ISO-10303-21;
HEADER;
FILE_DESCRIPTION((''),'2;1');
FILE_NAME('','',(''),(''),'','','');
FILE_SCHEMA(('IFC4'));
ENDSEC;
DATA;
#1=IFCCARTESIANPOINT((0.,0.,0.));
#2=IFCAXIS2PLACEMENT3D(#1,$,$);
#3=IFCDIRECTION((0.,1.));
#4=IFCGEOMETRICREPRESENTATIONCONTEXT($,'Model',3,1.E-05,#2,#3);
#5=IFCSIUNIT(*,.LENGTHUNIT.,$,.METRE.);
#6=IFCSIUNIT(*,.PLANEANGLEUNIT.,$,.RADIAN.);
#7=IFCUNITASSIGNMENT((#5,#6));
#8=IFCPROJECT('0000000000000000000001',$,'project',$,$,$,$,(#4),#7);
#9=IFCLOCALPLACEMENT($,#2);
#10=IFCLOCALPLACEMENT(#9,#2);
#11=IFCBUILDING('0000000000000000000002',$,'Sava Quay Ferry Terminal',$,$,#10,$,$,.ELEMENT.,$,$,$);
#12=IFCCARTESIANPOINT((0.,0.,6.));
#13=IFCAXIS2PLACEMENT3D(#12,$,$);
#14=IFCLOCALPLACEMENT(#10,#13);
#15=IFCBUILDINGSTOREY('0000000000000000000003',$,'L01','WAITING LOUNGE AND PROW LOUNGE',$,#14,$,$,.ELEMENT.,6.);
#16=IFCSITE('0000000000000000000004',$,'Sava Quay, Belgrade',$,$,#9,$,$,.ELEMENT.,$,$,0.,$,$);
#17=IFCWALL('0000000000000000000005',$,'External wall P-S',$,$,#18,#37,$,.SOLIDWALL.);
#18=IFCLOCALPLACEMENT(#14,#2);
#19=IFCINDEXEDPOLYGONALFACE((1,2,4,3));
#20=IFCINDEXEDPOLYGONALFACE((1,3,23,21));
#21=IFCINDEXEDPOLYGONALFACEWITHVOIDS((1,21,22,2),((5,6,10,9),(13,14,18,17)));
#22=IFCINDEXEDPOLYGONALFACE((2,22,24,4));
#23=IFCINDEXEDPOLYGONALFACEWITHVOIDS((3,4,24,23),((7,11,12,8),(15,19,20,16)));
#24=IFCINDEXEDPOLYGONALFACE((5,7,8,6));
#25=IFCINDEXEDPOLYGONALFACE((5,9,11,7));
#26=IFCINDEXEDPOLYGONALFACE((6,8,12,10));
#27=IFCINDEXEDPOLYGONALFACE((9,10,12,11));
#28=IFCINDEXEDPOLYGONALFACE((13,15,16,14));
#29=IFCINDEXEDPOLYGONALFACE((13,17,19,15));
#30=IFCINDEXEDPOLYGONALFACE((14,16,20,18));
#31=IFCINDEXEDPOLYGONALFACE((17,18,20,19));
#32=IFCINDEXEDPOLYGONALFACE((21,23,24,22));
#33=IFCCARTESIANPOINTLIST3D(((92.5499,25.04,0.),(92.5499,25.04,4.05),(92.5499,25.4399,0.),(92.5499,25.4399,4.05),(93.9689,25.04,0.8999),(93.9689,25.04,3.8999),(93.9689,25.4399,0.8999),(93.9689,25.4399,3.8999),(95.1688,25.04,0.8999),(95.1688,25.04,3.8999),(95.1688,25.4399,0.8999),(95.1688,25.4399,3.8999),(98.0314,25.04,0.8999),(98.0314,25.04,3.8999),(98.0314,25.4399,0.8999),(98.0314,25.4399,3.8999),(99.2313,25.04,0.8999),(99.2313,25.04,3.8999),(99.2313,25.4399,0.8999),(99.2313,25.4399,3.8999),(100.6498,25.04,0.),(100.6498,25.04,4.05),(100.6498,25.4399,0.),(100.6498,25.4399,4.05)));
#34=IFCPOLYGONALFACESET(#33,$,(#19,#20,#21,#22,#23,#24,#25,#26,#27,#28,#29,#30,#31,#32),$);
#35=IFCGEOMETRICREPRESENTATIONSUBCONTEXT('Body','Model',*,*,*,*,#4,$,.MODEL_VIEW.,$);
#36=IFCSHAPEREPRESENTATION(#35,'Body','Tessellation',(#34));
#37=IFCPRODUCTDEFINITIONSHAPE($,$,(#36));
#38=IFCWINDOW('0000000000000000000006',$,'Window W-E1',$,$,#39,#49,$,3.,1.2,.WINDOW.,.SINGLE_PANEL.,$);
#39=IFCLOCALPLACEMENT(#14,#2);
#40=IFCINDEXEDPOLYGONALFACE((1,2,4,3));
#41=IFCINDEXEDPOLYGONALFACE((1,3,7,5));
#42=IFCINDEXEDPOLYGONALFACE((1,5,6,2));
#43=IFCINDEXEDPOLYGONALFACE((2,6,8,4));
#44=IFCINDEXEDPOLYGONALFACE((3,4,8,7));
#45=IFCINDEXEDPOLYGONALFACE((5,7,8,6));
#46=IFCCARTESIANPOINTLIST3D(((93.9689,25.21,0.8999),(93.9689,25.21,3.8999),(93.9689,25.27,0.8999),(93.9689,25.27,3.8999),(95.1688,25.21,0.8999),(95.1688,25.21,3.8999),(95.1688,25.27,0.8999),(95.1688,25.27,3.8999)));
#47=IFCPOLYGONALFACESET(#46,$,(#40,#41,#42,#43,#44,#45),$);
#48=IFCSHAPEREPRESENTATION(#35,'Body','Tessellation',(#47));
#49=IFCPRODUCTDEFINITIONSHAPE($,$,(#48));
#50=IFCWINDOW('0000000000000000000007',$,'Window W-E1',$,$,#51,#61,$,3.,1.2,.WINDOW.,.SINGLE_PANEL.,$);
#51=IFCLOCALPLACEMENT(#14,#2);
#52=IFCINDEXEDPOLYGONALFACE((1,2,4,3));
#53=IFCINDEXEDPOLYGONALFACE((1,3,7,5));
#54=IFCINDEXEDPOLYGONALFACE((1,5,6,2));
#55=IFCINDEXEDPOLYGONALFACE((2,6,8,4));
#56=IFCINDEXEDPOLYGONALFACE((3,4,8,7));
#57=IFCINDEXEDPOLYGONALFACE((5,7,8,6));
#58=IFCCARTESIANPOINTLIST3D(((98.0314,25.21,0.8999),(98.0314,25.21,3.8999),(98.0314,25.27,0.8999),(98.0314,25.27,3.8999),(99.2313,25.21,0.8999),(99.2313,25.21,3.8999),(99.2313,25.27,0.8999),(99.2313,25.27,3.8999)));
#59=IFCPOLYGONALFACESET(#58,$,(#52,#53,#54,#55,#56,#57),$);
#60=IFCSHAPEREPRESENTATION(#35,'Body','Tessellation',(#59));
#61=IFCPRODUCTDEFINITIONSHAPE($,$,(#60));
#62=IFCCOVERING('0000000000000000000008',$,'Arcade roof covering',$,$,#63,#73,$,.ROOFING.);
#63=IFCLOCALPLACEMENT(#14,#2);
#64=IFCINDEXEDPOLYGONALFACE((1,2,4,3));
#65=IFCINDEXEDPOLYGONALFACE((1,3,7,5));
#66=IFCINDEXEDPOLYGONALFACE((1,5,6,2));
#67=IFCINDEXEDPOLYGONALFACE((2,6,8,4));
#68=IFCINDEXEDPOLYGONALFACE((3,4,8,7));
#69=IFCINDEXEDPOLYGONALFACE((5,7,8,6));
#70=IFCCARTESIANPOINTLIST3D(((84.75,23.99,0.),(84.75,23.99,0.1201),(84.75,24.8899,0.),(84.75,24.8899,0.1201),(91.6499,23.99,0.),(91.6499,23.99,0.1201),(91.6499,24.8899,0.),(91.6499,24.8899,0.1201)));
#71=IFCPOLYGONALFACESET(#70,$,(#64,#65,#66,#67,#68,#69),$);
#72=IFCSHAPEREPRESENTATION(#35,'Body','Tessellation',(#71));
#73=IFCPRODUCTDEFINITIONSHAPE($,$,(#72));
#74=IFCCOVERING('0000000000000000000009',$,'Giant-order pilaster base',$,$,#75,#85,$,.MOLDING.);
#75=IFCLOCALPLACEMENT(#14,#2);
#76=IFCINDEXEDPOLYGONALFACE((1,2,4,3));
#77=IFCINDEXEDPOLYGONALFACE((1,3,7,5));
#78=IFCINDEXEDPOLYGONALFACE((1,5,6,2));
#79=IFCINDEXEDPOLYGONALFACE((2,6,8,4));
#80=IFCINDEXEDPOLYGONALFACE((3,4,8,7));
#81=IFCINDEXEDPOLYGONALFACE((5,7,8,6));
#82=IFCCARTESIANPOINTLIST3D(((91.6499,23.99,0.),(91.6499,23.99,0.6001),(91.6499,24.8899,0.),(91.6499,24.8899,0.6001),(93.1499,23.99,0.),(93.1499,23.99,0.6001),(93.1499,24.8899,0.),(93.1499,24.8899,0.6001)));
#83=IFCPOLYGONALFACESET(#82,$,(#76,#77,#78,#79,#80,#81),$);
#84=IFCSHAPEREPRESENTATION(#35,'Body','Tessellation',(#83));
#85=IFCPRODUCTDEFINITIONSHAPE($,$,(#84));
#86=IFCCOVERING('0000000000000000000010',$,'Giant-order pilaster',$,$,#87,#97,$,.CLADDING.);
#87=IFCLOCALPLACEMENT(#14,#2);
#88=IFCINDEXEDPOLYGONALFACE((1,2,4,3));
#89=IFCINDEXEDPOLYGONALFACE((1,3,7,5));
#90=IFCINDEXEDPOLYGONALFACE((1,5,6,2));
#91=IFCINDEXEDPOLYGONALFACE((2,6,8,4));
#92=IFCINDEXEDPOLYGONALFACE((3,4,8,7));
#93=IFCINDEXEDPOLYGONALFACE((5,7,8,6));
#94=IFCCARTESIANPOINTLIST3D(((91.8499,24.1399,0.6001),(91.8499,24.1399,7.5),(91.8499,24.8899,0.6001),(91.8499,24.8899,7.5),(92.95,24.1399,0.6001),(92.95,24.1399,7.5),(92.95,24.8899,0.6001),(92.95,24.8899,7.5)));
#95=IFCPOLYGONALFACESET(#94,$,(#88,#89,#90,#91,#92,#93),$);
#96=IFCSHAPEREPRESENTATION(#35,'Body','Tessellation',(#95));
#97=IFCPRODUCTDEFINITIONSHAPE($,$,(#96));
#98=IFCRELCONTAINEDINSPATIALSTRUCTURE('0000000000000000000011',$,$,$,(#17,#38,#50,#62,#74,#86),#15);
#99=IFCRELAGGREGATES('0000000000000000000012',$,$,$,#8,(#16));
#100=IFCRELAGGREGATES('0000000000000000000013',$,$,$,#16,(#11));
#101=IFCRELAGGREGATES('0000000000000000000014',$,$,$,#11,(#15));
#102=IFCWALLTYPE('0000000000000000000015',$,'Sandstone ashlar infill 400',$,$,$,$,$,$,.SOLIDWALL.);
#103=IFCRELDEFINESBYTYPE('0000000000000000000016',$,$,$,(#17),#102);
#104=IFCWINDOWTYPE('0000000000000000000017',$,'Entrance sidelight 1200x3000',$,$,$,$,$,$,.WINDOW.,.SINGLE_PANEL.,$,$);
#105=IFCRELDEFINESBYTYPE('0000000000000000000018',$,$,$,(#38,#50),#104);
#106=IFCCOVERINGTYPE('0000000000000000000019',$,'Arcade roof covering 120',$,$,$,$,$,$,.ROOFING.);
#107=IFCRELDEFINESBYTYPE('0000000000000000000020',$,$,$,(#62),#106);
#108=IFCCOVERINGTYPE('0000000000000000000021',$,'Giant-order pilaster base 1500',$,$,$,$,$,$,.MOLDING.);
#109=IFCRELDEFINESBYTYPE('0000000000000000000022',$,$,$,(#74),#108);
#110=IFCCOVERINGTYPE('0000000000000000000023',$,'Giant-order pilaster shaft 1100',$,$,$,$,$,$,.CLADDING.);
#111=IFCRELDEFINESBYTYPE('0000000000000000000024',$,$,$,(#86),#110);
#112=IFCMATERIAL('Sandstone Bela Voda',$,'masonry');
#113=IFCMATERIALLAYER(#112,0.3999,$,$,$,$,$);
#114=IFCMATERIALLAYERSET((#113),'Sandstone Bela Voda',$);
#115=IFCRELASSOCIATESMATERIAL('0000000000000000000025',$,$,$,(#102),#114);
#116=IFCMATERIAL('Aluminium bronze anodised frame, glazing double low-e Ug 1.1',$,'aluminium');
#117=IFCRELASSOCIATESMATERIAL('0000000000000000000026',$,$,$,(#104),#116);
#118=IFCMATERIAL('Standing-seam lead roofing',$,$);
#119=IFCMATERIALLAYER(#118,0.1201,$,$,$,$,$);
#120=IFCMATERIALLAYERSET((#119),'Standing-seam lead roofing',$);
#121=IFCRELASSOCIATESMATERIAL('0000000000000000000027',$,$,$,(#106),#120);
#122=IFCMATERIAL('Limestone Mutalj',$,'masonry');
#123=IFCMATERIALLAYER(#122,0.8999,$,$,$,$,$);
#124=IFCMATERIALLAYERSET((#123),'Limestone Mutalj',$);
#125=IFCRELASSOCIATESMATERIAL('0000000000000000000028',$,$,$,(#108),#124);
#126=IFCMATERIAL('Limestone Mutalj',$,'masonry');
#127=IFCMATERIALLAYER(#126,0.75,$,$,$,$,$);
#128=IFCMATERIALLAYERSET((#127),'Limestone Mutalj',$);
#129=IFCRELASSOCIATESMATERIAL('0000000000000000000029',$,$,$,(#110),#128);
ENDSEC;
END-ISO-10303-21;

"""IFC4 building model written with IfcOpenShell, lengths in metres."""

from ifc_helpers import new_model, si_unit, direction, frame, frame_2d, origin, origin_2d, place, context, subcontext, project, spatial, rectangle, extrude, material, layer, layer_set, type_object, element, fill, save


model = new_model("IFC4")

# Units and contexts
model_context = context("Model", 3, precision=1e-05, world=origin(), true_north=direction((0.0, 1.0)))
body_context = subcontext(model_context, "Body", "Model", "MODEL_VIEW")
ifc_project = project(units=[si_unit("LENGTHUNIT", "METRE"), si_unit("PLANEANGLEUNIT", "RADIAN")], contexts=[model_context])

# Site, building, storey
site_placement = place(None, origin())
site = spatial("IfcSite", under=ifc_project, at=site_placement, Name="Sava Quay, Belgrade", CompositionType="ELEMENT", RefElevation=0.0)
building_placement = place(site_placement, origin())
building = spatial("IfcBuilding", under=site, at=building_placement, Name="Sava Quay Ferry Terminal", CompositionType="ELEMENT")
storey_placement = place(building_placement, frame((0.0, 0.0, 6.0)))
storey = spatial("IfcBuildingStorey", under=building, at=storey_placement, Name="L01", Description="WAITING LOUNGE AND PROW LOUNGE", CompositionType="ELEMENT", Elevation=6.0)

# Wall, openings, windows
ifc_material_1 = material(Name="Sandstone Bela Voda", Category="masonry")
ifc_layer_1 = layer(ifc_material_1, 0.3999)
ifc_layer_set_1 = layer_set([ifc_layer_1], Name="Sandstone Bela Voda")
wall_type_1 = type_object("IfcWallType", Name="Sandstone ashlar infill 400", PredefinedType="SOLIDWALL", material=ifc_layer_set_1)
wall_1_placement = place(storey_placement, frame((92.55, 25.24, 0.0), z_axis=(0.0, 0.0, 1.0), x_axis=(1.0, 0.0, 0.0)))
wall_1 = element("IfcWall", 1, at=wall_1_placement, inside=storey, type_object=wall_type_1, Name="External wall P-S", PredefinedType="SOLIDWALL", context=body_context, shape_type="SweptSolid", body=[
    extrude(rectangle(XDim=8.0999, YDim=0.3999, at=frame_2d((4.0498, 0.0))), origin(), (0.0, 0.0, 1.0), 4.05),
])
opening_1_placement = place(wall_1_placement, frame((1.4187, 0.0, 0.8999)))
opening_1 = element("IfcOpeningElement", 2, at=opening_1_placement, cuts=wall_1, PredefinedType="OPENING", context=body_context, shape_type="SweptSolid", body=[
    extrude(rectangle(XDim=1.2, YDim=3.0, at=frame_2d((0.6001, 1.5))), frame((0.0, 0.2, 0.0), z_axis=(0.0, -1.0, 0.0), x_axis=(1.0, 0.0, 0.0)), (0.0, 0.0, 1.0), 0.3999),
])
opening_2_placement = place(wall_1_placement, frame((5.4812, 0.0, 0.8999)))
opening_2 = element("IfcOpeningElement", 3, at=opening_2_placement, cuts=wall_1, PredefinedType="OPENING", context=body_context, shape_type="SweptSolid", body=[
    extrude(rectangle(XDim=1.2, YDim=3.0, at=frame_2d((0.6001, 1.5))), frame((0.0, 0.2, 0.0), z_axis=(0.0, -1.0, 0.0), x_axis=(1.0, 0.0, 0.0)), (0.0, 0.0, 1.0), 0.3999),
])
ifc_material_2 = material(Name="Aluminium bronze anodised frame, glazing double low-e Ug 1.1", Category="aluminium")
window_type_1 = type_object("IfcWindowType", Name="Entrance sidelight 1200x3000", PartitioningType="SINGLE_PANEL", PredefinedType="WINDOW", material=ifc_material_2)
window_1_placement = place(opening_1_placement, origin())
window_1 = element("IfcWindow", 4, at=window_1_placement, inside=storey, type_object=window_type_1, Name="Window W-E1", OverallHeight=3.0, OverallWidth=1.2, PartitioningType="SINGLE_PANEL", PredefinedType="WINDOW", context=body_context, shape_type="SweptSolid", body=[
    extrude(rectangle(XDim=1.2, YDim=3.0, at=frame_2d((0.6001, 1.5))), frame((0.0, 0.03, 0.0), z_axis=(0.0, -1.0, 0.0), x_axis=(1.0, 0.0, 0.0)), (0.0, 0.0, 1.0), 0.0601),
])
fill(opening_1, window_1)
window_2_placement = place(opening_2_placement, origin())
window_2 = element("IfcWindow", 5, at=window_2_placement, inside=storey, type_object=window_type_1, Name="Window W-E1", OverallHeight=3.0, OverallWidth=1.2, PartitioningType="SINGLE_PANEL", PredefinedType="WINDOW", context=body_context, shape_type="SweptSolid", body=[
    extrude(rectangle(XDim=1.2, YDim=3.0, at=frame_2d((0.6001, 1.5))), frame((0.0, 0.03, 0.0), z_axis=(0.0, -1.0, 0.0), x_axis=(1.0, 0.0, 0.0)), (0.0, 0.0, 1.0), 0.0601),
])
fill(opening_2, window_2)

# Coverings
ifc_material_3 = material(Name="Standing-seam lead roofing")
ifc_layer_2 = layer(ifc_material_3, 0.1201)
ifc_layer_set_2 = layer_set([ifc_layer_2], Name="Standing-seam lead roofing")
covering_type_1 = type_object("IfcCoveringType", Name="Arcade roof covering 120", PredefinedType="ROOFING", material=ifc_layer_set_2)
covering_1_placement = place(storey_placement, frame((88.2, 24.4399, 0.0), z_axis=(0.0, 0.0, 1.0), x_axis=(1.0, 0.0, 0.0)))
element("IfcCovering", 6, at=covering_1_placement, inside=storey, type_object=covering_type_1, Name="Arcade roof covering", PredefinedType="ROOFING", context=body_context, shape_type="SweptSolid", body=[
    extrude(rectangle(XDim=6.8999, YDim=0.8999, at=origin_2d()), origin(), (0.0, 0.0, 1.0), 0.1201),
])
ifc_material_4 = material(Name="Limestone Mutalj", Category="masonry")
ifc_layer_3 = layer(ifc_material_4, 0.8999)
ifc_layer_set_3 = layer_set([ifc_layer_3], Name="Limestone Mutalj")
covering_type_2 = type_object("IfcCoveringType", Name="Giant-order pilaster base 1500", PredefinedType="MOLDING", material=ifc_layer_set_3)
covering_2_placement = place(storey_placement, frame((92.3999, 24.4399, 0.0), z_axis=(0.0, 0.0, 1.0), x_axis=(1.0, 0.0, 0.0)))
element("IfcCovering", 7, at=covering_2_placement, inside=storey, type_object=covering_type_2, Name="Giant-order pilaster base", PredefinedType="MOLDING", context=body_context, shape_type="SweptSolid", body=[
    extrude(rectangle(XDim=1.5, YDim=0.8999, at=origin_2d()), origin(), (0.0, 0.0, 1.0), 0.6001),
])
ifc_material_5 = material(Name="Limestone Mutalj", Category="masonry")
ifc_layer_4 = layer(ifc_material_5, 0.75)
ifc_layer_set_4 = layer_set([ifc_layer_4], Name="Limestone Mutalj")
covering_type_3 = type_object("IfcCoveringType", Name="Giant-order pilaster shaft 1100", PredefinedType="CLADDING", material=ifc_layer_set_4)
covering_3_placement = place(storey_placement, frame((92.3999, 24.5149, 0.6001), z_axis=(0.0, 0.0, 1.0), x_axis=(1.0, 0.0, 0.0)))
element("IfcCovering", 8, at=covering_3_placement, inside=storey, type_object=covering_type_3, Name="Giant-order pilaster", PredefinedType="CLADDING", context=body_context, shape_type="SweptSolid", body=[
    extrude(rectangle(XDim=1.1001, YDim=0.75, at=origin_2d()), origin(), (0.0, 0.0, 1.0), 6.8999),
])

save(model, "model.ifc")
